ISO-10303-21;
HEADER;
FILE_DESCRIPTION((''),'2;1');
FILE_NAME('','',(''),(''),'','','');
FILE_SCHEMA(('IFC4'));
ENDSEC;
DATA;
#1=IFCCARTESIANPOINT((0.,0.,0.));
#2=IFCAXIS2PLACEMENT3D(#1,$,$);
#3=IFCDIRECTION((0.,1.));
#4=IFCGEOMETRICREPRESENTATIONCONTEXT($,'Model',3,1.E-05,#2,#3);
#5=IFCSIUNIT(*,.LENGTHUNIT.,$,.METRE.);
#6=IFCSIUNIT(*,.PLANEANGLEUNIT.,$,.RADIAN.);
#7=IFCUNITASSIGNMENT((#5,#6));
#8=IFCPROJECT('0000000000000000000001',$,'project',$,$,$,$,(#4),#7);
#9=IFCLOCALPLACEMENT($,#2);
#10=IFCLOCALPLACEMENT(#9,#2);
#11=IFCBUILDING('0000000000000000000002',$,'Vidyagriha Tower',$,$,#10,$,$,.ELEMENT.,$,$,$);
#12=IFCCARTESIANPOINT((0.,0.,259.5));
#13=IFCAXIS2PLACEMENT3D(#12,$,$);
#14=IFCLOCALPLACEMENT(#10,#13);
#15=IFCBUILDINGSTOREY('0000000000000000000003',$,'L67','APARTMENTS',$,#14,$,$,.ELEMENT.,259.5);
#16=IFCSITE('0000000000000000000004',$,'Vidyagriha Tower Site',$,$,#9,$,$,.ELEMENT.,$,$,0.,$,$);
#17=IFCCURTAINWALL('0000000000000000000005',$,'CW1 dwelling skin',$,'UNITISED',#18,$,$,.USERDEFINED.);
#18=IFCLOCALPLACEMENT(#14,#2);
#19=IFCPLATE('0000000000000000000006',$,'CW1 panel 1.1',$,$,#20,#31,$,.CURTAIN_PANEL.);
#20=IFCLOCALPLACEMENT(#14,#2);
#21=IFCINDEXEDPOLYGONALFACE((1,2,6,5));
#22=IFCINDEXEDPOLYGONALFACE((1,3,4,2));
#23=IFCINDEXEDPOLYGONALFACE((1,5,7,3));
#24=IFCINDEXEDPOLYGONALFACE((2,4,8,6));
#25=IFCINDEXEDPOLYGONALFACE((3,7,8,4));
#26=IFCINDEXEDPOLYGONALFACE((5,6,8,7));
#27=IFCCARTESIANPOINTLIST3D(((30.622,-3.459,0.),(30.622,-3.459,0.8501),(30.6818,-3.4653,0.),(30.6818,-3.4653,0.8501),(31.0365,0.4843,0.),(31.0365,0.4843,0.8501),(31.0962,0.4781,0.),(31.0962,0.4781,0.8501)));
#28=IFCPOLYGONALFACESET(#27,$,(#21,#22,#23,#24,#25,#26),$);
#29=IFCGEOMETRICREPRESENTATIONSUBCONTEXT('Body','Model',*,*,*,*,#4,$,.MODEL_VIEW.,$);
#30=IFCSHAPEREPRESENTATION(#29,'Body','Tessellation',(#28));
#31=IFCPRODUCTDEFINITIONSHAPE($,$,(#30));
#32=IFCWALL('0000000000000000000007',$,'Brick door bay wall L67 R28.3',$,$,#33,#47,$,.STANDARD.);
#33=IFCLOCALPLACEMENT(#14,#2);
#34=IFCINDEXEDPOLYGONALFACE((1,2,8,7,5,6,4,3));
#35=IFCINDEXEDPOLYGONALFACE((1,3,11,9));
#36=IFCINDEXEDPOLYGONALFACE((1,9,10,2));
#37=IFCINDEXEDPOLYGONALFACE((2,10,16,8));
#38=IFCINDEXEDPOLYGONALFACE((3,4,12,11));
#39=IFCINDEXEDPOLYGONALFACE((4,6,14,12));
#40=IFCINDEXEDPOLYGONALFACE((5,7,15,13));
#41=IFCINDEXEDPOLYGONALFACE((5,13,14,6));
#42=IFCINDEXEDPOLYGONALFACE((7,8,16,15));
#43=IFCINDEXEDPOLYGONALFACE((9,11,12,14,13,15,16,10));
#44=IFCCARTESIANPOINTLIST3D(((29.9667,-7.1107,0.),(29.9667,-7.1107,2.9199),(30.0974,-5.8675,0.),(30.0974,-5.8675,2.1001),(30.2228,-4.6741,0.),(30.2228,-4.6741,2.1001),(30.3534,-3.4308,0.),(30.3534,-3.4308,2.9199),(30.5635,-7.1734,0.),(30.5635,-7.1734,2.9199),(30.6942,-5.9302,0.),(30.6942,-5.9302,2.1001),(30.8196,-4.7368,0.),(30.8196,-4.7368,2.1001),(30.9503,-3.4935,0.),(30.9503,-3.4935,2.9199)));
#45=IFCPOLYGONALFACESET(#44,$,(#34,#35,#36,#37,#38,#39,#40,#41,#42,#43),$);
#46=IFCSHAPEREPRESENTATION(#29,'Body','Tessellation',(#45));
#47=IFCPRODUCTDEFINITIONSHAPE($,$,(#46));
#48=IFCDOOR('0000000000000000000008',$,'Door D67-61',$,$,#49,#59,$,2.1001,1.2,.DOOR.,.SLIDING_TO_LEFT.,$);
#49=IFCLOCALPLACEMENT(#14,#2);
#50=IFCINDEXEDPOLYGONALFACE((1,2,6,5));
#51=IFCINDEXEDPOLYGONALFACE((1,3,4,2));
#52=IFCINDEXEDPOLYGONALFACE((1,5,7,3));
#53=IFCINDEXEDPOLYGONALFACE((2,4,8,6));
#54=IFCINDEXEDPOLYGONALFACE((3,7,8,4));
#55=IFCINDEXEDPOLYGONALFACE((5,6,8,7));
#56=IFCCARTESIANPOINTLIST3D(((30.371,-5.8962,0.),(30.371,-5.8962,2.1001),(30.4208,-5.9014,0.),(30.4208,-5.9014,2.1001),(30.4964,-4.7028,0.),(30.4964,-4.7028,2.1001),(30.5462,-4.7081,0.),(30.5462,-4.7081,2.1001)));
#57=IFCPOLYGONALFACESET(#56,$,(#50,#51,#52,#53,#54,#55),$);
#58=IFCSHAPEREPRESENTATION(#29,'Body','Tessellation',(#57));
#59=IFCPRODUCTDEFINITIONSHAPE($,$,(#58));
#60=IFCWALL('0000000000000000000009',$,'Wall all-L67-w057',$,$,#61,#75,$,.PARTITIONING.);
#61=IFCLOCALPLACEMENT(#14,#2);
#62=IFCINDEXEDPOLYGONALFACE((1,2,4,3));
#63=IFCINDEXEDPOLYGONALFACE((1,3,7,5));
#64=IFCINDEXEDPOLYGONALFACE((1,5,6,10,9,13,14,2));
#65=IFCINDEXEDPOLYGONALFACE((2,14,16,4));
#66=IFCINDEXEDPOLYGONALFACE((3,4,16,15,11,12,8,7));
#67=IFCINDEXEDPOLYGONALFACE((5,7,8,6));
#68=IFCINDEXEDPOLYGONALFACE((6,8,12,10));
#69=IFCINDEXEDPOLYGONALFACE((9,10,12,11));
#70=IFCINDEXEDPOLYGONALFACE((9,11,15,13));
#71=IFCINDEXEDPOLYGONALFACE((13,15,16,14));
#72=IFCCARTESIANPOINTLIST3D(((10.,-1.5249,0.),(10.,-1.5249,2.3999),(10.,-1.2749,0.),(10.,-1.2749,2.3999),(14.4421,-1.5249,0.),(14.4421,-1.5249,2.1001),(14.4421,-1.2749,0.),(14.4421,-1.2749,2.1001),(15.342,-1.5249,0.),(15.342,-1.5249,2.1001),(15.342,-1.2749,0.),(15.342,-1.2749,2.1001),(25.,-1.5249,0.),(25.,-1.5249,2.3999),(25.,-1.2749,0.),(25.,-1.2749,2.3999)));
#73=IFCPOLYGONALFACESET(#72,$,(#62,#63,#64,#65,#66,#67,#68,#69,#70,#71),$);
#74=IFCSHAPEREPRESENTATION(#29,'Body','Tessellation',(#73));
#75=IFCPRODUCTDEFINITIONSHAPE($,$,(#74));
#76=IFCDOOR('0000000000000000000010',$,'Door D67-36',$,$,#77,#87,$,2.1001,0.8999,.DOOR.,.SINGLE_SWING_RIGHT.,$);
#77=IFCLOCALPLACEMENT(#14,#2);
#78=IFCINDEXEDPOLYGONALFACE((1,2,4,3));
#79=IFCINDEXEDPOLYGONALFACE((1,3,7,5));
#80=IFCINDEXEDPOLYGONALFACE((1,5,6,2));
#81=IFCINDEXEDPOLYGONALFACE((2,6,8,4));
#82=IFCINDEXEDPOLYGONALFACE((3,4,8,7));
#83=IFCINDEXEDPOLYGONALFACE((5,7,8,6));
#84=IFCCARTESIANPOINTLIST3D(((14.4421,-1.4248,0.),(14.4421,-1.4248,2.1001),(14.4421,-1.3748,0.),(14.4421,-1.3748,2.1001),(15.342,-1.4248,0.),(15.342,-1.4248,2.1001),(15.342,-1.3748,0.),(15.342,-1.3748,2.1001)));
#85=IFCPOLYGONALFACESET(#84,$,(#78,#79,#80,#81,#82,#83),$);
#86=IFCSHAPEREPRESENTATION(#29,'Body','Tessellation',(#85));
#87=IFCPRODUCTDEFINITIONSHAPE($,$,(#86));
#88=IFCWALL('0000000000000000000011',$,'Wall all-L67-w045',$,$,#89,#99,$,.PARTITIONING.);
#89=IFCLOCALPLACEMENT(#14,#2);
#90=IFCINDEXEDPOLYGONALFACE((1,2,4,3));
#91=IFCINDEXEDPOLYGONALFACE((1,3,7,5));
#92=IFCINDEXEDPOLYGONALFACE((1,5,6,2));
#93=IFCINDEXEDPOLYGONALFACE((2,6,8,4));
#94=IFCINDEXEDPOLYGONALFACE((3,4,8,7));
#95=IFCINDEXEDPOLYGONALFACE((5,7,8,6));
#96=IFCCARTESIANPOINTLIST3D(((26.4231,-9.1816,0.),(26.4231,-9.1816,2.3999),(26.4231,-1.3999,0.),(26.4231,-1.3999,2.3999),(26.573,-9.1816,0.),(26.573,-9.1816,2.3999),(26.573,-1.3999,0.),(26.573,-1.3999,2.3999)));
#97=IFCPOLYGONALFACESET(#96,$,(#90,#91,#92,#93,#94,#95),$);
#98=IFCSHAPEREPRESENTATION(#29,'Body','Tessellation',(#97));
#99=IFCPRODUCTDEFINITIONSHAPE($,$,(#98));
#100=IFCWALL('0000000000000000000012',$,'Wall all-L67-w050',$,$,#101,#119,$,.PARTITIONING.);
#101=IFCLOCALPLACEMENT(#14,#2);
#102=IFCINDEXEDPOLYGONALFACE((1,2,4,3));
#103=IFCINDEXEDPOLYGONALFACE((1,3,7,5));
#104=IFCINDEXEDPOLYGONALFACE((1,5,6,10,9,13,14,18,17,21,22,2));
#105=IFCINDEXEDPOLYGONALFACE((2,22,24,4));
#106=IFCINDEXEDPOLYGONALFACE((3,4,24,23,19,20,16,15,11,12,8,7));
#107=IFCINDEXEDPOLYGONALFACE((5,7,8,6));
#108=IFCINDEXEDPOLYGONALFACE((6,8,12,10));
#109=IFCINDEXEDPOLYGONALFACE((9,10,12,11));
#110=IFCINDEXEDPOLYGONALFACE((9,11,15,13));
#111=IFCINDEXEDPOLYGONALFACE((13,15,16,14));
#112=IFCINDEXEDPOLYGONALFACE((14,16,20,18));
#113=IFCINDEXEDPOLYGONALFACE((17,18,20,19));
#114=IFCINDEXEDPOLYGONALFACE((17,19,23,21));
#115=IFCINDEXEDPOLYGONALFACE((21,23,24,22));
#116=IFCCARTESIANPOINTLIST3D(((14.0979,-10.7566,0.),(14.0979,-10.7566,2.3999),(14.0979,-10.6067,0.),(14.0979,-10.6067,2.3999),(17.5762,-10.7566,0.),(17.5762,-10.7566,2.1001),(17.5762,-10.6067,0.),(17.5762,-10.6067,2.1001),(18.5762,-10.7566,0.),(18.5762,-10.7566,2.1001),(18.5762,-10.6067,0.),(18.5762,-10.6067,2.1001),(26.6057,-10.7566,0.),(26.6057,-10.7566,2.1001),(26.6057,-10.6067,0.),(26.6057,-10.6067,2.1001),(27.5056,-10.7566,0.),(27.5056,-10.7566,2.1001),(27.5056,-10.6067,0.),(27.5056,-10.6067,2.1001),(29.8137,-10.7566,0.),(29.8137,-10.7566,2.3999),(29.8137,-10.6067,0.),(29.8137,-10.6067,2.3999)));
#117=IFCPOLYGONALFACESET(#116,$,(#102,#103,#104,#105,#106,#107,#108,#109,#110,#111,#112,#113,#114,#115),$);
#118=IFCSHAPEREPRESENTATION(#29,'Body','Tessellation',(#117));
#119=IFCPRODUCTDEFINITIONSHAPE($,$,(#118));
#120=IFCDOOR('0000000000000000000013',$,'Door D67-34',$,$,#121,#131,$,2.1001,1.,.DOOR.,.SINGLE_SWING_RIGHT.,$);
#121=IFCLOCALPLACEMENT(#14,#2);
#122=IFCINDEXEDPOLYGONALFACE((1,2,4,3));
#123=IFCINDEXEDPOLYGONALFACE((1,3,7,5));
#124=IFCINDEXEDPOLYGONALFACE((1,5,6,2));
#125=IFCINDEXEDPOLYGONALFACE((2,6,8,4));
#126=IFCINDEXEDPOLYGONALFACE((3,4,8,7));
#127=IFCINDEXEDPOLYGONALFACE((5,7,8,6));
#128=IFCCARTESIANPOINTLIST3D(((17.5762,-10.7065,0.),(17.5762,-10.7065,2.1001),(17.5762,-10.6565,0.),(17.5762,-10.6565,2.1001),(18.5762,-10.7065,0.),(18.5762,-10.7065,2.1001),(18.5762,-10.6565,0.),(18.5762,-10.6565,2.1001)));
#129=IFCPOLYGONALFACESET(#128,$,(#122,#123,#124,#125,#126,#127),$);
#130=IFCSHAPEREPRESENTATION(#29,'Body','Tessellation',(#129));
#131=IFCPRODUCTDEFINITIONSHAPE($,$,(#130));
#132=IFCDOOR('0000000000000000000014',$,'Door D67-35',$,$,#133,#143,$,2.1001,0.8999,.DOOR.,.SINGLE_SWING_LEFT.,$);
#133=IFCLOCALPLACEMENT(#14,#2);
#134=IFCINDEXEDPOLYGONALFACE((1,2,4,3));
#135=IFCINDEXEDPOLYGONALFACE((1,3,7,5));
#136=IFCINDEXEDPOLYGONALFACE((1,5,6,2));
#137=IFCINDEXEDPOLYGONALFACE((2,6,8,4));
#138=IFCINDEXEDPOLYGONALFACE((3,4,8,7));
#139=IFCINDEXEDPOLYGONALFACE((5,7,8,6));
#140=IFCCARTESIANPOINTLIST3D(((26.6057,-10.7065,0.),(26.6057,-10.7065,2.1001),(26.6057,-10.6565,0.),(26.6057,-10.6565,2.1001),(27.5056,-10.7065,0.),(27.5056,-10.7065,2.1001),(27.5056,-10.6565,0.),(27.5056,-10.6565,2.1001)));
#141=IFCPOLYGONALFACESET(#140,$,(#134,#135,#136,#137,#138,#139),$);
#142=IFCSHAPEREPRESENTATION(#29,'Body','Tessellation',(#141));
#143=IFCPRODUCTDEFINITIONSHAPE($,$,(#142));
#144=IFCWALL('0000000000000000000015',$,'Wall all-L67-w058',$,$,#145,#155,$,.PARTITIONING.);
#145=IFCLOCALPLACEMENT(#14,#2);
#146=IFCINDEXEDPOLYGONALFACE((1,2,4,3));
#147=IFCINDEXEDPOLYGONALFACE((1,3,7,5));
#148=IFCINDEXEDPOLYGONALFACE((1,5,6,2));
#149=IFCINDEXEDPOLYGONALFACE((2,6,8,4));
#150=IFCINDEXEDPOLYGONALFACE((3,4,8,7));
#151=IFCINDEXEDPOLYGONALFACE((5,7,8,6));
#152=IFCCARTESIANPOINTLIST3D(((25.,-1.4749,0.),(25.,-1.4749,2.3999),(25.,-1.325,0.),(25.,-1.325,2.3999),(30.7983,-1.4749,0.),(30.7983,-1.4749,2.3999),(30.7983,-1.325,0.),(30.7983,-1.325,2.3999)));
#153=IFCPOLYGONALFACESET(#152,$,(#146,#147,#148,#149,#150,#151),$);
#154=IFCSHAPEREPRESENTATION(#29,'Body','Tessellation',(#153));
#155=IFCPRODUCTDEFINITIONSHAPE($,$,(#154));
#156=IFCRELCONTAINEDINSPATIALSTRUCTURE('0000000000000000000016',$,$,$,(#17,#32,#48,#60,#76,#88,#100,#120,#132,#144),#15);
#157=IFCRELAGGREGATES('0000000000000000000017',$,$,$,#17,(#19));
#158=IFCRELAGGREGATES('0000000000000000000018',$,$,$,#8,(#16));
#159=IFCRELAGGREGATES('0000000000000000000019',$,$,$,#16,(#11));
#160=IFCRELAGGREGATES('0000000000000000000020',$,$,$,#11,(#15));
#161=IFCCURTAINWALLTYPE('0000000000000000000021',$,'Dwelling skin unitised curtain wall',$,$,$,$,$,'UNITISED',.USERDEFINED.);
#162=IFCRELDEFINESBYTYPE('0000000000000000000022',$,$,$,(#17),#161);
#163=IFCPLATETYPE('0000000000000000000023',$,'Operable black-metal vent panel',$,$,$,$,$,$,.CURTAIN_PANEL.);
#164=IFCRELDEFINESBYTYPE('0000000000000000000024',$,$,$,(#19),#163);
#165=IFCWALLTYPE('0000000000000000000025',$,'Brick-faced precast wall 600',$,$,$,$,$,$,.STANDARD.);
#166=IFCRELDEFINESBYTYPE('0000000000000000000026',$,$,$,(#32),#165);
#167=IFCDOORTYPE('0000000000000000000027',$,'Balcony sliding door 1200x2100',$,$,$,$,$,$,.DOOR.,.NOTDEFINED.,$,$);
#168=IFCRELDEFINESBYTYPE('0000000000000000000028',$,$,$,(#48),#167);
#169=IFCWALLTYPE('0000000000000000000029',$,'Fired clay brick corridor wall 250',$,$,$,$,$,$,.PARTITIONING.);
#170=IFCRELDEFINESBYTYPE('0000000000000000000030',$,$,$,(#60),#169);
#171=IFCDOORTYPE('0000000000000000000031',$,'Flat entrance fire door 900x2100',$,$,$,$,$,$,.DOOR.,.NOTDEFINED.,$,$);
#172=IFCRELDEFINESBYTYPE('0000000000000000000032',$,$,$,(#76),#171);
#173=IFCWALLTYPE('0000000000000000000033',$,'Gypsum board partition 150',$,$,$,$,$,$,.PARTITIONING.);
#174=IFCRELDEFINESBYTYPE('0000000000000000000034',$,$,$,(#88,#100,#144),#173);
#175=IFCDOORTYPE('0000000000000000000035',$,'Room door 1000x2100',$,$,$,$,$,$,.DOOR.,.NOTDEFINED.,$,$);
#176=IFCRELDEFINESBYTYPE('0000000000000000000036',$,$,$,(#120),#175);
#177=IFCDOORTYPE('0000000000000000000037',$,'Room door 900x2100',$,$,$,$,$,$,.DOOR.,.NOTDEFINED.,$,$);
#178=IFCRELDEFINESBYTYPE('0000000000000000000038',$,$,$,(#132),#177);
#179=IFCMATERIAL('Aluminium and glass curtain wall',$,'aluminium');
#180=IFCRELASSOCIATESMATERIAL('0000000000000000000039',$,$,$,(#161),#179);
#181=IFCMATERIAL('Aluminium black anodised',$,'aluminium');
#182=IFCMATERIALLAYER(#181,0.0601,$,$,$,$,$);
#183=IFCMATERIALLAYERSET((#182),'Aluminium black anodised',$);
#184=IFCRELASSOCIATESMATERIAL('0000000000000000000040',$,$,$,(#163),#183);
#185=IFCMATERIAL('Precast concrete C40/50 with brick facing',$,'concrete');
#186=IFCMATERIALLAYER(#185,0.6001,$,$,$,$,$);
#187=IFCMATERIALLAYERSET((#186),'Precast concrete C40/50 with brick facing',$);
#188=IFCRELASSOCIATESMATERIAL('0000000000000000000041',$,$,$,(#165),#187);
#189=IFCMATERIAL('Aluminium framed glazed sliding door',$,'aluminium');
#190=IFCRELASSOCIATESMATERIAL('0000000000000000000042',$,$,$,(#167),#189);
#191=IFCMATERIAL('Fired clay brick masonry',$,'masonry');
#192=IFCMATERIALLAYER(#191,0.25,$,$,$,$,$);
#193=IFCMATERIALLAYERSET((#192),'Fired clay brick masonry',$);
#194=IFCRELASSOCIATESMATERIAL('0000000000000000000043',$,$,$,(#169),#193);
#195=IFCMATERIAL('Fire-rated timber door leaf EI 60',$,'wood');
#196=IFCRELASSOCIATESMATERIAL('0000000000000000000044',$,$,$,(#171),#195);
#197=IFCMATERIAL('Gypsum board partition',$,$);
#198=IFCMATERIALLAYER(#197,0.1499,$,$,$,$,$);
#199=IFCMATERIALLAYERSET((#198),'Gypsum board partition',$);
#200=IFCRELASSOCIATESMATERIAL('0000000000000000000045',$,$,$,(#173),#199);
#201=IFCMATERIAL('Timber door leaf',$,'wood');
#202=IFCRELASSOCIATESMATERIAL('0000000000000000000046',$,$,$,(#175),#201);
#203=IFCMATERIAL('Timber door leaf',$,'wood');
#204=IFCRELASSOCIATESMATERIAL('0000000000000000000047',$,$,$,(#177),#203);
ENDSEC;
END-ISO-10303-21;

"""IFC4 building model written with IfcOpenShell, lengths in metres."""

from ifc_helpers import new_model, si_unit, direction, frame, frame_2d, origin, origin_2d, place, context, subcontext, project, spatial, rectangle, extrude, material, layer, layer_set, type_object, element, fill, aggregate, save


model = new_model("IFC4")

# Units and contexts
model_context = context("Model", 3, precision=1e-05, world=origin(), true_north=direction((0.0, 1.0)))
body_context = subcontext(model_context, "Body", "Model", "MODEL_VIEW")
ifc_project = project(units=[si_unit("LENGTHUNIT", "METRE"), si_unit("PLANEANGLEUNIT", "RADIAN")], contexts=[model_context])

# Site, building, storey
site_placement = place(None, origin())
site = spatial("IfcSite", under=ifc_project, at=site_placement, Name="Vidyagriha Tower Site", CompositionType="ELEMENT", RefElevation=0.0)
building_placement = place(site_placement, origin())
building = spatial("IfcBuilding", under=site, at=building_placement, Name="Vidyagriha Tower", CompositionType="ELEMENT")
storey_placement = place(building_placement, frame((0.0, 0.0, 259.5)))
storey = spatial("IfcBuildingStorey", under=building, at=storey_placement, Name="L67", Description="APARTMENTS", CompositionType="ELEMENT", Elevation=259.5)

# Curtain wall
ifc_material_1 = material(Name="Aluminium and glass curtain wall", Category="aluminium")
curtain_wall_type = type_object("IfcCurtainWallType", Name="Dwelling skin unitised curtain wall", ElementType="UNITISED", PredefinedType="USERDEFINED", material=ifc_material_1)
curtain_wall_1_placement = place(storey_placement, origin())
curtain_wall_1 = element("IfcCurtainWall", 1, at=curtain_wall_1_placement, inside=storey, type_object=curtain_wall_type, Name="CW1 dwelling skin", ObjectType="UNITISED", PredefinedType="USERDEFINED")

# Plate
ifc_material_2 = material(Name="Aluminium black anodised", Category="aluminium")
ifc_layer_1 = layer(ifc_material_2, 0.0601)
ifc_layer_set_1 = layer_set([ifc_layer_1], Name="Aluminium black anodised")
plate_type_1 = type_object("IfcPlateType", Name="Operable black-metal vent panel", PredefinedType="CURTAIN_PANEL", material=ifc_layer_set_1)
plate_1_placement = place(storey_placement, frame((30.8591, -1.4905, 0.0), z_axis=(0.0, 0.0, 1.0), x_axis=(0.10453, 0.994522, 0.0)))
plate_1 = element("IfcPlate", 2, at=plate_1_placement, type_object=plate_type_1, Name="CW1 panel 1.1", PredefinedType="CURTAIN_PANEL", context=body_context, shape_type="SweptSolid", body=[
    extrude(rectangle(XDim=3.9651, YDim=0.0601, at=origin_2d()), origin(), (0.0, 0.0, 1.0), 0.8501),
])
aggregate(curtain_wall_1, [plate_1])

# Walls, openings, doors
ifc_material_3 = material(Name="Precast concrete C40/50 with brick facing", Category="concrete")
ifc_layer_2 = layer(ifc_material_3, 0.6001)
ifc_layer_set_2 = layer_set([ifc_layer_2], Name="Precast concrete C40/50 with brick facing")
wall_type_1 = type_object("IfcWallType", Name="Brick-faced precast wall 600", PredefinedType="STANDARD", material=ifc_layer_set_2)
wall_1_placement = place(storey_placement, frame((30.2651, -7.1421, 0.0), z_axis=(0.0, 0.0, 1.0), x_axis=(0.104513, 0.994524, 0.0)))
wall_1 = element("IfcWall", 3, at=wall_1_placement, inside=storey, type_object=wall_type_1, Name="Brick door bay wall L67 R28.3", PredefinedType="STANDARD", context=body_context, shape_type="SweptSolid", body=[
    extrude(rectangle(XDim=3.7002, YDim=0.6001, at=frame_2d((1.8501, 0.0))), origin(), (0.0, 0.0, 1.0), 2.9199),
])
opening_1_placement = place(wall_1_placement, frame((1.25, 0.0, 0.0)))
opening_1 = element("IfcOpeningElement", 4, at=opening_1_placement, cuts=wall_1, PredefinedType="OPENING", context=body_context, shape_type="SweptSolid", body=[
    extrude(rectangle(XDim=1.2, YDim=2.1001, at=frame_2d((0.6001, 1.05))), frame((0.0, 0.3101, 0.0), z_axis=(0.0, -1.0, 0.0), x_axis=(1.0, 0.0, 0.0)), (0.0, 0.0, 1.0), 0.6201),
])
ifc_material_4 = material(Name="Aluminium framed glazed sliding door", Category="aluminium")
door_type_1 = type_object("IfcDoorType", Name="Balcony sliding door 1200x2100", OperationType="NOTDEFINED", PredefinedType="DOOR", material=ifc_material_4)
door_1_placement = place(opening_1_placement, origin())
door_1 = element("IfcDoor", 5, at=door_1_placement, inside=storey, type_object=door_type_1, Name="Door D67-61", OperationType="SLIDING_TO_LEFT", OverallHeight=2.1001, OverallWidth=1.2, PredefinedType="DOOR", context=body_context, shape_type="SweptSolid", body=[
    extrude(rectangle(XDim=1.2, YDim=2.1001, at=frame_2d((0.6001, 1.05))), frame((0.0, 0.0249, 0.0), z_axis=(0.0, -1.0, 0.0), x_axis=(1.0, 0.0, 0.0)), (0.0, 0.0, 1.0), 0.05),
])
fill(opening_1, door_1)
ifc_material_5 = material(Name="Fired clay brick masonry", Category="masonry")
ifc_layer_3 = layer(ifc_material_5, 0.25)
ifc_layer_set_3 = layer_set([ifc_layer_3], Name="Fired clay brick masonry")
wall_type_2 = type_object("IfcWallType", Name="Fired clay brick corridor wall 250", PredefinedType="PARTITIONING", material=ifc_layer_set_3)
wall_2_placement = place(storey_placement, frame((25.0, -1.3999, 0.0), z_axis=(0.0, 0.0, 1.0), x_axis=(-1.0, 0.0, 0.0)))
wall_2 = element("IfcWall", 6, at=wall_2_placement, inside=storey, type_object=wall_type_2, Name="Wall all-L67-w057", PredefinedType="PARTITIONING", context=body_context, shape_type="SweptSolid", body=[
    extrude(rectangle(XDim=15.0, YDim=0.25, at=frame_2d((7.5, 0.0))), origin(), (0.0, 0.0, 1.0), 2.3999),
])
opening_2_placement = place(wall_2_placement, frame((9.658, 0.0, 0.0)))
opening_2 = element("IfcOpeningElement", 7, at=opening_2_placement, cuts=wall_2, PredefinedType="OPENING", context=body_context, shape_type="SweptSolid", body=[
    extrude(rectangle(XDim=0.8999, YDim=2.1001, at=frame_2d((0.45, 1.05))), frame((0.0, 0.135, 0.0), z_axis=(0.0, -1.0, 0.0), x_axis=(1.0, 0.0, 0.0)), (0.0, 0.0, 1.0), 0.27),
])
ifc_material_6 = material(Name="Fire-rated timber door leaf EI 60", Category="wood")
door_type_2 = type_object("IfcDoorType", Name="Flat entrance fire door 900x2100", OperationType="NOTDEFINED", PredefinedType="DOOR", material=ifc_material_6)
door_2_placement = place(opening_2_placement, origin())
door_2 = element("IfcDoor", 8, at=door_2_placement, inside=storey, type_object=door_type_2, Name="Door D67-36", OperationType="SINGLE_SWING_RIGHT", OverallHeight=2.1001, OverallWidth=0.8999, PredefinedType="DOOR", context=body_context, shape_type="SweptSolid", body=[
    extrude(rectangle(XDim=0.8999, YDim=2.1001, at=frame_2d((0.45, 1.05))), frame((0.0, 0.0249, 0.0), z_axis=(0.0, -1.0, 0.0), x_axis=(1.0, 0.0, 0.0)), (0.0, 0.0, 1.0), 0.05),
])
fill(opening_2, door_2)

# Wall
ifc_material_7 = material(Name="Gypsum board partition")
ifc_layer_4 = layer(ifc_material_7, 0.1499)
ifc_layer_set_4 = layer_set([ifc_layer_4], Name="Gypsum board partition")
wall_type_3 = type_object("IfcWallType", Name="Gypsum board partition 150", PredefinedType="PARTITIONING", material=ifc_layer_set_4)
wall_3_placement = place(storey_placement, frame((26.498, -1.3999, 0.0), z_axis=(0.0, 0.0, 1.0), x_axis=(0.0, -1.0, 0.0)))
element("IfcWall", 9, at=wall_3_placement, inside=storey, type_object=wall_type_3, Name="Wall all-L67-w045", PredefinedType="PARTITIONING", context=body_context, shape_type="SweptSolid", body=[
    extrude(rectangle(XDim=7.7817, YDim=0.1499, at=frame_2d((3.8909, 0.0))), origin(), (0.0, 0.0, 1.0), 2.3999),
])

# Wall, openings, doors
wall_4_placement = place(storey_placement, frame((29.8137, -10.6816, 0.0), z_axis=(0.0, 0.0, 1.0), x_axis=(-1.0, 0.0, 0.0)))
wall_4 = element("IfcWall", 10, at=wall_4_placement, inside=storey, type_object=wall_type_3, Name="Wall all-L67-w050", PredefinedType="PARTITIONING", context=body_context, shape_type="SweptSolid", body=[
    extrude(rectangle(XDim=15.7158, YDim=0.1499, at=frame_2d((7.8579, 0.0))), origin(), (0.0, 0.0, 1.0), 2.3999),
])
opening_3_placement = place(wall_4_placement, frame((11.2375, 0.0, 0.0)))
opening_3 = element("IfcOpeningElement", 11, at=opening_3_placement, cuts=wall_4, PredefinedType="OPENING", context=body_context, shape_type="SweptSolid", body=[
    extrude(rectangle(XDim=1.0, YDim=2.1001, at=frame_2d((0.5, 1.05))), frame((0.0, 0.085, 0.0), z_axis=(0.0, -1.0, 0.0), x_axis=(1.0, 0.0, 0.0)), (0.0, 0.0, 1.0), 0.1699),
])
opening_4_placement = place(wall_4_placement, frame((2.3081, 0.0, 0.0)))
opening_4 = element("IfcOpeningElement", 12, at=opening_4_placement, cuts=wall_4, PredefinedType="OPENING", context=body_context, shape_type="SweptSolid", body=[
    extrude(rectangle(XDim=0.8999, YDim=2.1001, at=frame_2d((0.45, 1.05))), frame((0.0, 0.085, 0.0), z_axis=(0.0, -1.0, 0.0), x_axis=(1.0, 0.0, 0.0)), (0.0, 0.0, 1.0), 0.1699),
])
ifc_material_8 = material(Name="Timber door leaf", Category="wood")
door_type_3 = type_object("IfcDoorType", Name="Room door 1000x2100", OperationType="NOTDEFINED", PredefinedType="DOOR", material=ifc_material_8)
door_3_placement = place(opening_3_placement, origin())
door_3 = element("IfcDoor", 13, at=door_3_placement, inside=storey, type_object=door_type_3, Name="Door D67-34", OperationType="SINGLE_SWING_RIGHT", OverallHeight=2.1001, OverallWidth=1.0, PredefinedType="DOOR", context=body_context, shape_type="SweptSolid", body=[
    extrude(rectangle(XDim=1.0, YDim=2.1001, at=frame_2d((0.5, 1.05))), frame((0.0, 0.0249, 0.0), z_axis=(0.0, -1.0, 0.0), x_axis=(1.0, 0.0, 0.0)), (0.0, 0.0, 1.0), 0.05),
])
fill(opening_3, door_3)
ifc_material_9 = material(Name="Timber door leaf", Category="wood")
door_type_4 = type_object("IfcDoorType", Name="Room door 900x2100", OperationType="NOTDEFINED", PredefinedType="DOOR", material=ifc_material_9)
door_4_placement = place(opening_4_placement, origin())
door_4 = element("IfcDoor", 14, at=door_4_placement, inside=storey, type_object=door_type_4, Name="Door D67-35", OperationType="SINGLE_SWING_LEFT", OverallHeight=2.1001, OverallWidth=0.8999, PredefinedType="DOOR", context=body_context, shape_type="SweptSolid", body=[
    extrude(rectangle(XDim=0.8999, YDim=2.1001, at=frame_2d((0.45, 1.05))), frame((0.0, 0.0249, 0.0), z_axis=(0.0, -1.0, 0.0), x_axis=(1.0, 0.0, 0.0)), (0.0, 0.0, 1.0), 0.05),
])
fill(opening_4, door_4)

# Wall
wall_5_placement = place(storey_placement, frame((30.7983, -1.3999, 0.0), z_axis=(0.0, 0.0, 1.0), x_axis=(-1.0, 0.0, 0.0)))
element("IfcWall", 15, at=wall_5_placement, inside=storey, type_object=wall_type_3, Name="Wall all-L67-w058", PredefinedType="PARTITIONING", context=body_context, shape_type="SweptSolid", body=[
    extrude(rectangle(XDim=5.7983, YDim=0.1499, at=frame_2d((2.8992, 0.0))), origin(), (0.0, 0.0, 1.0), 2.3999),
])

save(model, "model.ifc")
